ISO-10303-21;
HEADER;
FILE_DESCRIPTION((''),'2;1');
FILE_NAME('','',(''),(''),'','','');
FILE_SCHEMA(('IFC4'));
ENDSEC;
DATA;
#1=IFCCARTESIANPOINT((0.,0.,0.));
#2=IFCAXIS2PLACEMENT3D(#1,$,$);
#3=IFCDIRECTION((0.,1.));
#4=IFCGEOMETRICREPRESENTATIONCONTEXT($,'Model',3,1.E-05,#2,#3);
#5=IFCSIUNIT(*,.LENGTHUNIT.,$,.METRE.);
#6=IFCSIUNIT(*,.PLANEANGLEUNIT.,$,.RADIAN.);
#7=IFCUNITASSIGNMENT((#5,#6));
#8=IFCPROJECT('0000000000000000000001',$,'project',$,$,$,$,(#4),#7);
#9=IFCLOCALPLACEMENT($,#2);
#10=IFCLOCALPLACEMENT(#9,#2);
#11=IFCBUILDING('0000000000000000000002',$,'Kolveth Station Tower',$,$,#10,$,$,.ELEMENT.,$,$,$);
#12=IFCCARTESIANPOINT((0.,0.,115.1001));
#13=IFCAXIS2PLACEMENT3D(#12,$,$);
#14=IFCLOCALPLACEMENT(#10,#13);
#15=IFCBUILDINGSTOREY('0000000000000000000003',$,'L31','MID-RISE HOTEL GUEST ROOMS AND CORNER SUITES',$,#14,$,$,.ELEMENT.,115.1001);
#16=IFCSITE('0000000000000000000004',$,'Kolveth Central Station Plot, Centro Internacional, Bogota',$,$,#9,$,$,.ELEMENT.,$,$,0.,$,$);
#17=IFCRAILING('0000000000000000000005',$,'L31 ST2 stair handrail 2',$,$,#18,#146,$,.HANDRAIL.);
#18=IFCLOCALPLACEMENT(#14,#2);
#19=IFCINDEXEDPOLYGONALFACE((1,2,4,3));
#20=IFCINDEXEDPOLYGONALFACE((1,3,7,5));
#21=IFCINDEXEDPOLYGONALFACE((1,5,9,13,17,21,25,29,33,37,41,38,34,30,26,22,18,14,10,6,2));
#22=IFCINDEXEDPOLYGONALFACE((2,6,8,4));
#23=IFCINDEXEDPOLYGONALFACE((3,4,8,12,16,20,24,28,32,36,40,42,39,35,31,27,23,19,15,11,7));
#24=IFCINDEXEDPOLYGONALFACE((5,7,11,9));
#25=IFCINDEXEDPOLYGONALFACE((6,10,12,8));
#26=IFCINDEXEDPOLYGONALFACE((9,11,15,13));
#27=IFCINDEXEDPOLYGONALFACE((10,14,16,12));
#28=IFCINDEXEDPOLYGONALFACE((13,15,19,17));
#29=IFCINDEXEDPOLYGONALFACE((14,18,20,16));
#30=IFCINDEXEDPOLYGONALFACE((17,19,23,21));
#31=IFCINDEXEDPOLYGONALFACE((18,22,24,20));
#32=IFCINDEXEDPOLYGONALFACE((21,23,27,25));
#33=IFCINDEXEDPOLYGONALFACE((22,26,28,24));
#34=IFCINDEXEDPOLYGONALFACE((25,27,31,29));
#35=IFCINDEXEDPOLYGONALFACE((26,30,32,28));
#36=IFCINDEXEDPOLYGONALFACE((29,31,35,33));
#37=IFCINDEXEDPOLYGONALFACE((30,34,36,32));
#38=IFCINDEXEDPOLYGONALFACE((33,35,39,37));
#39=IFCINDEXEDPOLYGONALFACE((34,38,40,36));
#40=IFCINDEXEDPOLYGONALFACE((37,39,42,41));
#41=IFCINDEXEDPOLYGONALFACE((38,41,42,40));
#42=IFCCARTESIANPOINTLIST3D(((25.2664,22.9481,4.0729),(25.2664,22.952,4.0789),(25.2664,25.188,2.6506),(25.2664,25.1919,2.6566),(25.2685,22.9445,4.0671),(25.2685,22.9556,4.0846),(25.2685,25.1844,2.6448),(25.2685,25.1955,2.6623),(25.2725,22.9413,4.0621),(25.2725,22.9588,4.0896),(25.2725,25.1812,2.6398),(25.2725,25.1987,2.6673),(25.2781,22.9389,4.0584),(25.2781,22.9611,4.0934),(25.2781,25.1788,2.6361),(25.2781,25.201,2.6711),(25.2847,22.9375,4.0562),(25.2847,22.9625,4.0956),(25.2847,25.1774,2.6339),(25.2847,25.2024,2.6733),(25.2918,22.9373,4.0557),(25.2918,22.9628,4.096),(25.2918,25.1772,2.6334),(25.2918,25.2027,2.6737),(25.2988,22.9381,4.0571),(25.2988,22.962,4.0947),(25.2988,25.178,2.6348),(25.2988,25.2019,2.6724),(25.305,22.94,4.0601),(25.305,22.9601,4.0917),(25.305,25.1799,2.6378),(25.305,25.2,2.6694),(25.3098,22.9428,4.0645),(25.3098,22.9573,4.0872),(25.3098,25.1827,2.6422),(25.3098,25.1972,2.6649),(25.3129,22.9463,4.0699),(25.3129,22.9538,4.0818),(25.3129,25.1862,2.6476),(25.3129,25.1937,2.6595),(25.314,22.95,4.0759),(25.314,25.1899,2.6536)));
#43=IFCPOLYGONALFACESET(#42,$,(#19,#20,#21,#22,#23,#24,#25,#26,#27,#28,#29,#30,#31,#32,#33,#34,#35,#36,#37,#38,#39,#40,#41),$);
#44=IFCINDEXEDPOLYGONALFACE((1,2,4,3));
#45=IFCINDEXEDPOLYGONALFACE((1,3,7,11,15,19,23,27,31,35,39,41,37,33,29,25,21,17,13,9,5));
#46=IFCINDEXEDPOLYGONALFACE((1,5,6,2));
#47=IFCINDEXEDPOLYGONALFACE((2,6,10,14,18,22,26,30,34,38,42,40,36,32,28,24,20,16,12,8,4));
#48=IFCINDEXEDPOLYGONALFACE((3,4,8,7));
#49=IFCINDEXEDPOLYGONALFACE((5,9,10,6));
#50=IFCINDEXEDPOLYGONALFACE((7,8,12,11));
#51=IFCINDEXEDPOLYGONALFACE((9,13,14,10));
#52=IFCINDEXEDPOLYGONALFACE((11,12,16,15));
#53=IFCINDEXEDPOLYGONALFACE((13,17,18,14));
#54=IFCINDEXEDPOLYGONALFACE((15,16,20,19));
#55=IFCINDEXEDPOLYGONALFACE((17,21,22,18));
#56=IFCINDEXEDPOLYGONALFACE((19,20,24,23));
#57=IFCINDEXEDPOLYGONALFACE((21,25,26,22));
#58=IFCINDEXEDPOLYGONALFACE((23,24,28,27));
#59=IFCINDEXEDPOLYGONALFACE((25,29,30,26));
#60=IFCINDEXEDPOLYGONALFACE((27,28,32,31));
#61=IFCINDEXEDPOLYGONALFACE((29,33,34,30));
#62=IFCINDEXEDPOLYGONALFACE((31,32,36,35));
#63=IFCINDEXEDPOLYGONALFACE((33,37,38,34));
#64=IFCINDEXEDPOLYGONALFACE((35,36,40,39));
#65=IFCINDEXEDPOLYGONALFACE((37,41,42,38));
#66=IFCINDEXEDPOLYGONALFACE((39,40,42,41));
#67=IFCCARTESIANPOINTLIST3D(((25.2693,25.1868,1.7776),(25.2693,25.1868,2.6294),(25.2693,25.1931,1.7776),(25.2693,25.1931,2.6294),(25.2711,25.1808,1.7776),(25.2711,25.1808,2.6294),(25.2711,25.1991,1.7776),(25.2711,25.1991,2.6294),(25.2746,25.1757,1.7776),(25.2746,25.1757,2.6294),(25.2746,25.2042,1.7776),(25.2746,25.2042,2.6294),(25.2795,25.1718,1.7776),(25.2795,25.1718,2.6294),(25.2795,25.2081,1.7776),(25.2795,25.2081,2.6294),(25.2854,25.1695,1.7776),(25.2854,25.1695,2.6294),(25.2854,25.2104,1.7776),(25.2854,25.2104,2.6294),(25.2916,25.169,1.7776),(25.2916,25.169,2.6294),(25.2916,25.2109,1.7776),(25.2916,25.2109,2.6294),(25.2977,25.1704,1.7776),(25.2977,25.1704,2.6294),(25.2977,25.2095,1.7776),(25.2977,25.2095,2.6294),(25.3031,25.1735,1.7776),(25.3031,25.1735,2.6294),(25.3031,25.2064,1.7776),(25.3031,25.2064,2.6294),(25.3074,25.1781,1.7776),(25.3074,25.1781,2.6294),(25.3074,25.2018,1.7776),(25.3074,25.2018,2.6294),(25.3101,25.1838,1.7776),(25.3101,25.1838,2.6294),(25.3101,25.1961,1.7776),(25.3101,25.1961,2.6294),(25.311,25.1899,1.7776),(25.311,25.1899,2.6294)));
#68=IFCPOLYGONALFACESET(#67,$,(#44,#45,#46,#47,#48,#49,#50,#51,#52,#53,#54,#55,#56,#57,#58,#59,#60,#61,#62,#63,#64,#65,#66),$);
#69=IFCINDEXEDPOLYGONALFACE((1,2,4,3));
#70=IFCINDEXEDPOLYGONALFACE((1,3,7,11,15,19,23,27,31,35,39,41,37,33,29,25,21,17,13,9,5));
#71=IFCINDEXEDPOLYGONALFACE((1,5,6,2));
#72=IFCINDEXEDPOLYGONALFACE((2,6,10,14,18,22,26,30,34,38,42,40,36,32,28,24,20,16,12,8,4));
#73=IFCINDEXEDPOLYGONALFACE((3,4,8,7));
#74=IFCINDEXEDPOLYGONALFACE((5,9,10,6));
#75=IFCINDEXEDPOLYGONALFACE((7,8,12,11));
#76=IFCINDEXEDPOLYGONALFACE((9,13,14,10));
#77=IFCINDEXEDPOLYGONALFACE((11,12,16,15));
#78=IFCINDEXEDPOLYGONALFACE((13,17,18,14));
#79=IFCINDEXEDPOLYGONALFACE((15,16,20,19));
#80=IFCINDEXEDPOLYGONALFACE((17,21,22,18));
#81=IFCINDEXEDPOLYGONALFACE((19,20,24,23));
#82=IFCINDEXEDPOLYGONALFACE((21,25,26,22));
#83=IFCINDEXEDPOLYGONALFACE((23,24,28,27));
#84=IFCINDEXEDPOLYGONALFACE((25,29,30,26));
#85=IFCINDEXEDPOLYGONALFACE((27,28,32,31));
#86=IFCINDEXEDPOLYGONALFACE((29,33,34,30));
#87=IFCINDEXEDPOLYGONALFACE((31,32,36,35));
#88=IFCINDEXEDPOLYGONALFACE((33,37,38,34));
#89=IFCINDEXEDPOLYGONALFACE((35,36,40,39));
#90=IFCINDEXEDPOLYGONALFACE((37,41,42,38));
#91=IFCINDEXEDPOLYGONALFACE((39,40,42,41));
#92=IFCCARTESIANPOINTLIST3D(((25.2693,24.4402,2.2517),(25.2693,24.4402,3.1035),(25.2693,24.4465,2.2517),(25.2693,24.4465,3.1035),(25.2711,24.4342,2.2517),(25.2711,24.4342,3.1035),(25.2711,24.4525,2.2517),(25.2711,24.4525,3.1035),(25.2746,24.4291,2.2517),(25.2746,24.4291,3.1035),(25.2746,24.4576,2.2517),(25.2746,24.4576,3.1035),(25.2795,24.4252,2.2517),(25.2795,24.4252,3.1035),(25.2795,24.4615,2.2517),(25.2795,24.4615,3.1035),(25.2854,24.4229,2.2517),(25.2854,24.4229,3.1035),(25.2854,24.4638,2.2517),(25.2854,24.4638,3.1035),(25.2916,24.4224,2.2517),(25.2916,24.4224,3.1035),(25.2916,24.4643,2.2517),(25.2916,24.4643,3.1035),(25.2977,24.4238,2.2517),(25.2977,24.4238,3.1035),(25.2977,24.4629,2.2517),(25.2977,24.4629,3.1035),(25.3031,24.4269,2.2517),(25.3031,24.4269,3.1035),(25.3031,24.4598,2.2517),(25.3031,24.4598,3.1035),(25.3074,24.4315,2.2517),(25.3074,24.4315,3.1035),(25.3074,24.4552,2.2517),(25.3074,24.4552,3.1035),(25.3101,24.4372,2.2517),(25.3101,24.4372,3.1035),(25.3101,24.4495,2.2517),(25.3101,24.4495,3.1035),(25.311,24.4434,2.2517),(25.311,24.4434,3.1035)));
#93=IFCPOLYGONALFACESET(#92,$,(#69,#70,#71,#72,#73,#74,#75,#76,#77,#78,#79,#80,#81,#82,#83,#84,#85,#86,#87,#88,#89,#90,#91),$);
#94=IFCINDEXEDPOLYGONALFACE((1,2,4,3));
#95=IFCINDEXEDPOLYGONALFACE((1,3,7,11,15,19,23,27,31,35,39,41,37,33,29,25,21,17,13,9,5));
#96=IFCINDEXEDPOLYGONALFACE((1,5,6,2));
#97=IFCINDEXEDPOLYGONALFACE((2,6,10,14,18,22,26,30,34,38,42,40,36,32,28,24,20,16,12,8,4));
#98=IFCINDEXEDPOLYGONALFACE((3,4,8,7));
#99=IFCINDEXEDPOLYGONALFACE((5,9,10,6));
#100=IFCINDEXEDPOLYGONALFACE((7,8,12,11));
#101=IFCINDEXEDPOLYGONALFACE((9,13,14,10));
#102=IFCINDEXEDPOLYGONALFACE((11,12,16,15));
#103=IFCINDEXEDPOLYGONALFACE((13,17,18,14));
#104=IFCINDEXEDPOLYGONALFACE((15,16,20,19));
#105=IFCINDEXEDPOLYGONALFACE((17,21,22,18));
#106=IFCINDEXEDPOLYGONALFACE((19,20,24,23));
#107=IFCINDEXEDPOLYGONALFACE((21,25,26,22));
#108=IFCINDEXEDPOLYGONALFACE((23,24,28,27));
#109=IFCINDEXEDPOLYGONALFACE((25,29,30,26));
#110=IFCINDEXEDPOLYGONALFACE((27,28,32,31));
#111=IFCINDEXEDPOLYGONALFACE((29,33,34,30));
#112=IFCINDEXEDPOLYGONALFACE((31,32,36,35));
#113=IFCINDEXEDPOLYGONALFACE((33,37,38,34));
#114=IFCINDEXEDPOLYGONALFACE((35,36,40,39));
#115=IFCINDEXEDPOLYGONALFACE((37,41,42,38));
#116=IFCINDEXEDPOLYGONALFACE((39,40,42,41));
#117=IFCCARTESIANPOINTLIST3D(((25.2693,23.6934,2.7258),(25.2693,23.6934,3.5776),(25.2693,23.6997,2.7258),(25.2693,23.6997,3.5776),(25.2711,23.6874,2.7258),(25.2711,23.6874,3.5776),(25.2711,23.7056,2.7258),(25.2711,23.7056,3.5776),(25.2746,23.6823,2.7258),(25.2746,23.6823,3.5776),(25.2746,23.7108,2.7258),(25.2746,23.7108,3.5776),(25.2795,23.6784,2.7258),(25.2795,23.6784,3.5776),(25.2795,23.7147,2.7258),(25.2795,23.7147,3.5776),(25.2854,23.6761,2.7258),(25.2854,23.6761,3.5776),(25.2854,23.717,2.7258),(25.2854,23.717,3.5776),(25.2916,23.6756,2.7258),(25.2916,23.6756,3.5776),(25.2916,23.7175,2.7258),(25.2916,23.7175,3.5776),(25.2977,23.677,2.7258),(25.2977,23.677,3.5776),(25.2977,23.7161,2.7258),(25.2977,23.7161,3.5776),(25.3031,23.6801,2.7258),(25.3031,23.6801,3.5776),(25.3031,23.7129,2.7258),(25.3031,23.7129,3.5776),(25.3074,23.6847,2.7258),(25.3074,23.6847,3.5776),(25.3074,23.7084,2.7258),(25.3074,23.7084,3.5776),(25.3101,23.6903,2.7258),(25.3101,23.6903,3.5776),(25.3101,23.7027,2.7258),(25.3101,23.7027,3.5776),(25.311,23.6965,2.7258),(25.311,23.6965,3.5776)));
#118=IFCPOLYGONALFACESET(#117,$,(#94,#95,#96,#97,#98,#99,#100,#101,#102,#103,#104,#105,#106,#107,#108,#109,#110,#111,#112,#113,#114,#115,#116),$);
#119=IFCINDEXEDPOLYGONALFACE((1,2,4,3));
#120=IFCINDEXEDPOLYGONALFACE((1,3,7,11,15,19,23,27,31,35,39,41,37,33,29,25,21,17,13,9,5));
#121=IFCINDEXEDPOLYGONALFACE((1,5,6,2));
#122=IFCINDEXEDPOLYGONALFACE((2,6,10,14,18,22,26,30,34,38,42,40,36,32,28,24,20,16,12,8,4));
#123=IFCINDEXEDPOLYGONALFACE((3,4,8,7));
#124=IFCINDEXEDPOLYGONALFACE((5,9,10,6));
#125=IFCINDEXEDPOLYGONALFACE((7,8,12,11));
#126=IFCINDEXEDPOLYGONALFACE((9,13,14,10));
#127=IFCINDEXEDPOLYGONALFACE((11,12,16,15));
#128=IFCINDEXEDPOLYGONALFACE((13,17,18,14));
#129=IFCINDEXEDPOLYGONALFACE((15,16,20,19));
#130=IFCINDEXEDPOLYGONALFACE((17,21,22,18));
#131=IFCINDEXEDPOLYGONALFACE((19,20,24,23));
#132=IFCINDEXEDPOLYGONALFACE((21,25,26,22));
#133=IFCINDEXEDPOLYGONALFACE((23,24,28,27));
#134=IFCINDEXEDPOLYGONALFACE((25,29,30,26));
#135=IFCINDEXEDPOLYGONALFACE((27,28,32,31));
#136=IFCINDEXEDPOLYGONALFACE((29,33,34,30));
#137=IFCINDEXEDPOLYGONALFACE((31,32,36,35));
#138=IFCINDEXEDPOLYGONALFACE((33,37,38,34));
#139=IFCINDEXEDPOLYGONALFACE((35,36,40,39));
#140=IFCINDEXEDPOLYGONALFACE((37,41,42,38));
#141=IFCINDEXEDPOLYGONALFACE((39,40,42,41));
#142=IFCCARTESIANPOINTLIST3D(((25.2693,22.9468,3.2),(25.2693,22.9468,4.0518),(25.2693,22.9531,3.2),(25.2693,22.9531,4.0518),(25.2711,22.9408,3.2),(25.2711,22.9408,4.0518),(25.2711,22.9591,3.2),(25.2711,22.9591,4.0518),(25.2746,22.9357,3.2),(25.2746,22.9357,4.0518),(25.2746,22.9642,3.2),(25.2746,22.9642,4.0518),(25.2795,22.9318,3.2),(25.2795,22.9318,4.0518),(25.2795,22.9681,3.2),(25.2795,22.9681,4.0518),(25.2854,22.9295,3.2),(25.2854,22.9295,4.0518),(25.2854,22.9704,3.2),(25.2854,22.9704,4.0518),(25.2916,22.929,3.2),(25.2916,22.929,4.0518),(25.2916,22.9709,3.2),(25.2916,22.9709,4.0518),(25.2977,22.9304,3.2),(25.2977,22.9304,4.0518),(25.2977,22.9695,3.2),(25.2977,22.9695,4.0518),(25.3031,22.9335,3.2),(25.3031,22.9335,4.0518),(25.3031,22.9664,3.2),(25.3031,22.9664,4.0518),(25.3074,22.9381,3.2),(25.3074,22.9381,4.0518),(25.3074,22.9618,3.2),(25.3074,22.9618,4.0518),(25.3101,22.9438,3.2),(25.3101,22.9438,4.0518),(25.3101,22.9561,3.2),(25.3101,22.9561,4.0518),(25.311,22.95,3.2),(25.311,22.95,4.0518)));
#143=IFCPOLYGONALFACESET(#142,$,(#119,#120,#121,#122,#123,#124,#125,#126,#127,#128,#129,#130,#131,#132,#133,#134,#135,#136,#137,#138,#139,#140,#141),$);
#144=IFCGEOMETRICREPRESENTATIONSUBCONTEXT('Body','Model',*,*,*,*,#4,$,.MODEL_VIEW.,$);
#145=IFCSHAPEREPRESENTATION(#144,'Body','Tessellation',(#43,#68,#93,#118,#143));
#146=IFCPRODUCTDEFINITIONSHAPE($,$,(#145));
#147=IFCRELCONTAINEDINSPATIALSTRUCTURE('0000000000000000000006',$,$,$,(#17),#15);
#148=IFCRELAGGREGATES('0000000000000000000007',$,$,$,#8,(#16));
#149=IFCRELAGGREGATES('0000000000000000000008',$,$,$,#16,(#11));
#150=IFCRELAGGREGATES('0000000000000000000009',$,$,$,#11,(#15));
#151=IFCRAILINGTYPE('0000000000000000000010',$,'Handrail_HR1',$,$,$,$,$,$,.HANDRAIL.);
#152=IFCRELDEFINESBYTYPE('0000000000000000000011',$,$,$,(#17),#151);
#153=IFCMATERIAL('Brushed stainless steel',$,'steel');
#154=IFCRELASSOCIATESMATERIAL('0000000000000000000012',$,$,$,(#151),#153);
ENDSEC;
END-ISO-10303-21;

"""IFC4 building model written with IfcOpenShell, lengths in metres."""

from ifc_helpers import new_model, si_unit, direction, frame, origin, origin_2d, place, context, subcontext, project, spatial, circle, extrude, material, type_object, element, save


model = new_model("IFC4")

# Units and contexts
model_context = context("Model", 3, precision=1e-05, world=origin(), true_north=direction((0.0, 1.0)))
body_context = subcontext(model_context, "Body", "Model", "MODEL_VIEW")
ifc_project = project(units=[si_unit("LENGTHUNIT", "METRE"), si_unit("PLANEANGLEUNIT", "RADIAN")], contexts=[model_context])

# Site, building, storey
site_placement = place(None, origin())
site = spatial("IfcSite", under=ifc_project, at=site_placement, Name="Kolveth Central Station Plot, Centro Internacional, Bogota", CompositionType="ELEMENT", RefElevation=0.0)
building_placement = place(site_placement, origin())
building = spatial("IfcBuilding", under=site, at=building_placement, Name="Kolveth Station Tower", CompositionType="ELEMENT")
storey_placement = place(building_placement, frame((0.0, 0.0, 115.1001)))
storey = spatial("IfcBuildingStorey", under=building, at=storey_placement, Name="L31", Description="MID-RISE HOTEL GUEST ROOMS AND CORNER SUITES", CompositionType="ELEMENT", Elevation=115.1001)

# Railing
ifc_material_1 = material(Name="Brushed stainless steel", Category="steel")
railing_type_1 = type_object("IfcRailingType", Name="Handrail_HR1", PredefinedType="HANDRAIL", material=ifc_material_1)
railing_1_placement = place(storey_placement, frame((25.29, 25.1899, 1.7776)))
element("IfcRailing", 1, at=railing_1_placement, inside=storey, type_object=railing_type_1, Name="L31 ST2 stair handrail 2", PredefinedType="HANDRAIL", context=body_context, shape_type="SweptSolid", body=[
    extrude(circle(Radius=0.0239, at=origin_2d()), frame((0.0, 0.0, 0.876), z_axis=(0.0, -0.844188, 0.536048), x_axis=(1.0, 0.0, 0.0)), (0.0, 0.0, 1.0), 2.6533),
    extrude(circle(Radius=0.021, at=origin_2d()), origin(), (0.0, 0.0, 1.0), 0.8518),
    extrude(circle(Radius=0.021, at=origin_2d()), frame((0.0, -0.7466, 0.4741)), (0.0, 0.0, 1.0), 0.8518),
    extrude(circle(Radius=0.021, at=origin_2d()), frame((0.0, -1.4934, 0.9482)), (0.0, 0.0, 1.0), 0.8518),
    extrude(circle(Radius=0.021, at=origin_2d()), frame((0.0, -2.24, 1.4224)), (0.0, 0.0, 1.0), 0.8518),
])

save(model, "model.ifc")
